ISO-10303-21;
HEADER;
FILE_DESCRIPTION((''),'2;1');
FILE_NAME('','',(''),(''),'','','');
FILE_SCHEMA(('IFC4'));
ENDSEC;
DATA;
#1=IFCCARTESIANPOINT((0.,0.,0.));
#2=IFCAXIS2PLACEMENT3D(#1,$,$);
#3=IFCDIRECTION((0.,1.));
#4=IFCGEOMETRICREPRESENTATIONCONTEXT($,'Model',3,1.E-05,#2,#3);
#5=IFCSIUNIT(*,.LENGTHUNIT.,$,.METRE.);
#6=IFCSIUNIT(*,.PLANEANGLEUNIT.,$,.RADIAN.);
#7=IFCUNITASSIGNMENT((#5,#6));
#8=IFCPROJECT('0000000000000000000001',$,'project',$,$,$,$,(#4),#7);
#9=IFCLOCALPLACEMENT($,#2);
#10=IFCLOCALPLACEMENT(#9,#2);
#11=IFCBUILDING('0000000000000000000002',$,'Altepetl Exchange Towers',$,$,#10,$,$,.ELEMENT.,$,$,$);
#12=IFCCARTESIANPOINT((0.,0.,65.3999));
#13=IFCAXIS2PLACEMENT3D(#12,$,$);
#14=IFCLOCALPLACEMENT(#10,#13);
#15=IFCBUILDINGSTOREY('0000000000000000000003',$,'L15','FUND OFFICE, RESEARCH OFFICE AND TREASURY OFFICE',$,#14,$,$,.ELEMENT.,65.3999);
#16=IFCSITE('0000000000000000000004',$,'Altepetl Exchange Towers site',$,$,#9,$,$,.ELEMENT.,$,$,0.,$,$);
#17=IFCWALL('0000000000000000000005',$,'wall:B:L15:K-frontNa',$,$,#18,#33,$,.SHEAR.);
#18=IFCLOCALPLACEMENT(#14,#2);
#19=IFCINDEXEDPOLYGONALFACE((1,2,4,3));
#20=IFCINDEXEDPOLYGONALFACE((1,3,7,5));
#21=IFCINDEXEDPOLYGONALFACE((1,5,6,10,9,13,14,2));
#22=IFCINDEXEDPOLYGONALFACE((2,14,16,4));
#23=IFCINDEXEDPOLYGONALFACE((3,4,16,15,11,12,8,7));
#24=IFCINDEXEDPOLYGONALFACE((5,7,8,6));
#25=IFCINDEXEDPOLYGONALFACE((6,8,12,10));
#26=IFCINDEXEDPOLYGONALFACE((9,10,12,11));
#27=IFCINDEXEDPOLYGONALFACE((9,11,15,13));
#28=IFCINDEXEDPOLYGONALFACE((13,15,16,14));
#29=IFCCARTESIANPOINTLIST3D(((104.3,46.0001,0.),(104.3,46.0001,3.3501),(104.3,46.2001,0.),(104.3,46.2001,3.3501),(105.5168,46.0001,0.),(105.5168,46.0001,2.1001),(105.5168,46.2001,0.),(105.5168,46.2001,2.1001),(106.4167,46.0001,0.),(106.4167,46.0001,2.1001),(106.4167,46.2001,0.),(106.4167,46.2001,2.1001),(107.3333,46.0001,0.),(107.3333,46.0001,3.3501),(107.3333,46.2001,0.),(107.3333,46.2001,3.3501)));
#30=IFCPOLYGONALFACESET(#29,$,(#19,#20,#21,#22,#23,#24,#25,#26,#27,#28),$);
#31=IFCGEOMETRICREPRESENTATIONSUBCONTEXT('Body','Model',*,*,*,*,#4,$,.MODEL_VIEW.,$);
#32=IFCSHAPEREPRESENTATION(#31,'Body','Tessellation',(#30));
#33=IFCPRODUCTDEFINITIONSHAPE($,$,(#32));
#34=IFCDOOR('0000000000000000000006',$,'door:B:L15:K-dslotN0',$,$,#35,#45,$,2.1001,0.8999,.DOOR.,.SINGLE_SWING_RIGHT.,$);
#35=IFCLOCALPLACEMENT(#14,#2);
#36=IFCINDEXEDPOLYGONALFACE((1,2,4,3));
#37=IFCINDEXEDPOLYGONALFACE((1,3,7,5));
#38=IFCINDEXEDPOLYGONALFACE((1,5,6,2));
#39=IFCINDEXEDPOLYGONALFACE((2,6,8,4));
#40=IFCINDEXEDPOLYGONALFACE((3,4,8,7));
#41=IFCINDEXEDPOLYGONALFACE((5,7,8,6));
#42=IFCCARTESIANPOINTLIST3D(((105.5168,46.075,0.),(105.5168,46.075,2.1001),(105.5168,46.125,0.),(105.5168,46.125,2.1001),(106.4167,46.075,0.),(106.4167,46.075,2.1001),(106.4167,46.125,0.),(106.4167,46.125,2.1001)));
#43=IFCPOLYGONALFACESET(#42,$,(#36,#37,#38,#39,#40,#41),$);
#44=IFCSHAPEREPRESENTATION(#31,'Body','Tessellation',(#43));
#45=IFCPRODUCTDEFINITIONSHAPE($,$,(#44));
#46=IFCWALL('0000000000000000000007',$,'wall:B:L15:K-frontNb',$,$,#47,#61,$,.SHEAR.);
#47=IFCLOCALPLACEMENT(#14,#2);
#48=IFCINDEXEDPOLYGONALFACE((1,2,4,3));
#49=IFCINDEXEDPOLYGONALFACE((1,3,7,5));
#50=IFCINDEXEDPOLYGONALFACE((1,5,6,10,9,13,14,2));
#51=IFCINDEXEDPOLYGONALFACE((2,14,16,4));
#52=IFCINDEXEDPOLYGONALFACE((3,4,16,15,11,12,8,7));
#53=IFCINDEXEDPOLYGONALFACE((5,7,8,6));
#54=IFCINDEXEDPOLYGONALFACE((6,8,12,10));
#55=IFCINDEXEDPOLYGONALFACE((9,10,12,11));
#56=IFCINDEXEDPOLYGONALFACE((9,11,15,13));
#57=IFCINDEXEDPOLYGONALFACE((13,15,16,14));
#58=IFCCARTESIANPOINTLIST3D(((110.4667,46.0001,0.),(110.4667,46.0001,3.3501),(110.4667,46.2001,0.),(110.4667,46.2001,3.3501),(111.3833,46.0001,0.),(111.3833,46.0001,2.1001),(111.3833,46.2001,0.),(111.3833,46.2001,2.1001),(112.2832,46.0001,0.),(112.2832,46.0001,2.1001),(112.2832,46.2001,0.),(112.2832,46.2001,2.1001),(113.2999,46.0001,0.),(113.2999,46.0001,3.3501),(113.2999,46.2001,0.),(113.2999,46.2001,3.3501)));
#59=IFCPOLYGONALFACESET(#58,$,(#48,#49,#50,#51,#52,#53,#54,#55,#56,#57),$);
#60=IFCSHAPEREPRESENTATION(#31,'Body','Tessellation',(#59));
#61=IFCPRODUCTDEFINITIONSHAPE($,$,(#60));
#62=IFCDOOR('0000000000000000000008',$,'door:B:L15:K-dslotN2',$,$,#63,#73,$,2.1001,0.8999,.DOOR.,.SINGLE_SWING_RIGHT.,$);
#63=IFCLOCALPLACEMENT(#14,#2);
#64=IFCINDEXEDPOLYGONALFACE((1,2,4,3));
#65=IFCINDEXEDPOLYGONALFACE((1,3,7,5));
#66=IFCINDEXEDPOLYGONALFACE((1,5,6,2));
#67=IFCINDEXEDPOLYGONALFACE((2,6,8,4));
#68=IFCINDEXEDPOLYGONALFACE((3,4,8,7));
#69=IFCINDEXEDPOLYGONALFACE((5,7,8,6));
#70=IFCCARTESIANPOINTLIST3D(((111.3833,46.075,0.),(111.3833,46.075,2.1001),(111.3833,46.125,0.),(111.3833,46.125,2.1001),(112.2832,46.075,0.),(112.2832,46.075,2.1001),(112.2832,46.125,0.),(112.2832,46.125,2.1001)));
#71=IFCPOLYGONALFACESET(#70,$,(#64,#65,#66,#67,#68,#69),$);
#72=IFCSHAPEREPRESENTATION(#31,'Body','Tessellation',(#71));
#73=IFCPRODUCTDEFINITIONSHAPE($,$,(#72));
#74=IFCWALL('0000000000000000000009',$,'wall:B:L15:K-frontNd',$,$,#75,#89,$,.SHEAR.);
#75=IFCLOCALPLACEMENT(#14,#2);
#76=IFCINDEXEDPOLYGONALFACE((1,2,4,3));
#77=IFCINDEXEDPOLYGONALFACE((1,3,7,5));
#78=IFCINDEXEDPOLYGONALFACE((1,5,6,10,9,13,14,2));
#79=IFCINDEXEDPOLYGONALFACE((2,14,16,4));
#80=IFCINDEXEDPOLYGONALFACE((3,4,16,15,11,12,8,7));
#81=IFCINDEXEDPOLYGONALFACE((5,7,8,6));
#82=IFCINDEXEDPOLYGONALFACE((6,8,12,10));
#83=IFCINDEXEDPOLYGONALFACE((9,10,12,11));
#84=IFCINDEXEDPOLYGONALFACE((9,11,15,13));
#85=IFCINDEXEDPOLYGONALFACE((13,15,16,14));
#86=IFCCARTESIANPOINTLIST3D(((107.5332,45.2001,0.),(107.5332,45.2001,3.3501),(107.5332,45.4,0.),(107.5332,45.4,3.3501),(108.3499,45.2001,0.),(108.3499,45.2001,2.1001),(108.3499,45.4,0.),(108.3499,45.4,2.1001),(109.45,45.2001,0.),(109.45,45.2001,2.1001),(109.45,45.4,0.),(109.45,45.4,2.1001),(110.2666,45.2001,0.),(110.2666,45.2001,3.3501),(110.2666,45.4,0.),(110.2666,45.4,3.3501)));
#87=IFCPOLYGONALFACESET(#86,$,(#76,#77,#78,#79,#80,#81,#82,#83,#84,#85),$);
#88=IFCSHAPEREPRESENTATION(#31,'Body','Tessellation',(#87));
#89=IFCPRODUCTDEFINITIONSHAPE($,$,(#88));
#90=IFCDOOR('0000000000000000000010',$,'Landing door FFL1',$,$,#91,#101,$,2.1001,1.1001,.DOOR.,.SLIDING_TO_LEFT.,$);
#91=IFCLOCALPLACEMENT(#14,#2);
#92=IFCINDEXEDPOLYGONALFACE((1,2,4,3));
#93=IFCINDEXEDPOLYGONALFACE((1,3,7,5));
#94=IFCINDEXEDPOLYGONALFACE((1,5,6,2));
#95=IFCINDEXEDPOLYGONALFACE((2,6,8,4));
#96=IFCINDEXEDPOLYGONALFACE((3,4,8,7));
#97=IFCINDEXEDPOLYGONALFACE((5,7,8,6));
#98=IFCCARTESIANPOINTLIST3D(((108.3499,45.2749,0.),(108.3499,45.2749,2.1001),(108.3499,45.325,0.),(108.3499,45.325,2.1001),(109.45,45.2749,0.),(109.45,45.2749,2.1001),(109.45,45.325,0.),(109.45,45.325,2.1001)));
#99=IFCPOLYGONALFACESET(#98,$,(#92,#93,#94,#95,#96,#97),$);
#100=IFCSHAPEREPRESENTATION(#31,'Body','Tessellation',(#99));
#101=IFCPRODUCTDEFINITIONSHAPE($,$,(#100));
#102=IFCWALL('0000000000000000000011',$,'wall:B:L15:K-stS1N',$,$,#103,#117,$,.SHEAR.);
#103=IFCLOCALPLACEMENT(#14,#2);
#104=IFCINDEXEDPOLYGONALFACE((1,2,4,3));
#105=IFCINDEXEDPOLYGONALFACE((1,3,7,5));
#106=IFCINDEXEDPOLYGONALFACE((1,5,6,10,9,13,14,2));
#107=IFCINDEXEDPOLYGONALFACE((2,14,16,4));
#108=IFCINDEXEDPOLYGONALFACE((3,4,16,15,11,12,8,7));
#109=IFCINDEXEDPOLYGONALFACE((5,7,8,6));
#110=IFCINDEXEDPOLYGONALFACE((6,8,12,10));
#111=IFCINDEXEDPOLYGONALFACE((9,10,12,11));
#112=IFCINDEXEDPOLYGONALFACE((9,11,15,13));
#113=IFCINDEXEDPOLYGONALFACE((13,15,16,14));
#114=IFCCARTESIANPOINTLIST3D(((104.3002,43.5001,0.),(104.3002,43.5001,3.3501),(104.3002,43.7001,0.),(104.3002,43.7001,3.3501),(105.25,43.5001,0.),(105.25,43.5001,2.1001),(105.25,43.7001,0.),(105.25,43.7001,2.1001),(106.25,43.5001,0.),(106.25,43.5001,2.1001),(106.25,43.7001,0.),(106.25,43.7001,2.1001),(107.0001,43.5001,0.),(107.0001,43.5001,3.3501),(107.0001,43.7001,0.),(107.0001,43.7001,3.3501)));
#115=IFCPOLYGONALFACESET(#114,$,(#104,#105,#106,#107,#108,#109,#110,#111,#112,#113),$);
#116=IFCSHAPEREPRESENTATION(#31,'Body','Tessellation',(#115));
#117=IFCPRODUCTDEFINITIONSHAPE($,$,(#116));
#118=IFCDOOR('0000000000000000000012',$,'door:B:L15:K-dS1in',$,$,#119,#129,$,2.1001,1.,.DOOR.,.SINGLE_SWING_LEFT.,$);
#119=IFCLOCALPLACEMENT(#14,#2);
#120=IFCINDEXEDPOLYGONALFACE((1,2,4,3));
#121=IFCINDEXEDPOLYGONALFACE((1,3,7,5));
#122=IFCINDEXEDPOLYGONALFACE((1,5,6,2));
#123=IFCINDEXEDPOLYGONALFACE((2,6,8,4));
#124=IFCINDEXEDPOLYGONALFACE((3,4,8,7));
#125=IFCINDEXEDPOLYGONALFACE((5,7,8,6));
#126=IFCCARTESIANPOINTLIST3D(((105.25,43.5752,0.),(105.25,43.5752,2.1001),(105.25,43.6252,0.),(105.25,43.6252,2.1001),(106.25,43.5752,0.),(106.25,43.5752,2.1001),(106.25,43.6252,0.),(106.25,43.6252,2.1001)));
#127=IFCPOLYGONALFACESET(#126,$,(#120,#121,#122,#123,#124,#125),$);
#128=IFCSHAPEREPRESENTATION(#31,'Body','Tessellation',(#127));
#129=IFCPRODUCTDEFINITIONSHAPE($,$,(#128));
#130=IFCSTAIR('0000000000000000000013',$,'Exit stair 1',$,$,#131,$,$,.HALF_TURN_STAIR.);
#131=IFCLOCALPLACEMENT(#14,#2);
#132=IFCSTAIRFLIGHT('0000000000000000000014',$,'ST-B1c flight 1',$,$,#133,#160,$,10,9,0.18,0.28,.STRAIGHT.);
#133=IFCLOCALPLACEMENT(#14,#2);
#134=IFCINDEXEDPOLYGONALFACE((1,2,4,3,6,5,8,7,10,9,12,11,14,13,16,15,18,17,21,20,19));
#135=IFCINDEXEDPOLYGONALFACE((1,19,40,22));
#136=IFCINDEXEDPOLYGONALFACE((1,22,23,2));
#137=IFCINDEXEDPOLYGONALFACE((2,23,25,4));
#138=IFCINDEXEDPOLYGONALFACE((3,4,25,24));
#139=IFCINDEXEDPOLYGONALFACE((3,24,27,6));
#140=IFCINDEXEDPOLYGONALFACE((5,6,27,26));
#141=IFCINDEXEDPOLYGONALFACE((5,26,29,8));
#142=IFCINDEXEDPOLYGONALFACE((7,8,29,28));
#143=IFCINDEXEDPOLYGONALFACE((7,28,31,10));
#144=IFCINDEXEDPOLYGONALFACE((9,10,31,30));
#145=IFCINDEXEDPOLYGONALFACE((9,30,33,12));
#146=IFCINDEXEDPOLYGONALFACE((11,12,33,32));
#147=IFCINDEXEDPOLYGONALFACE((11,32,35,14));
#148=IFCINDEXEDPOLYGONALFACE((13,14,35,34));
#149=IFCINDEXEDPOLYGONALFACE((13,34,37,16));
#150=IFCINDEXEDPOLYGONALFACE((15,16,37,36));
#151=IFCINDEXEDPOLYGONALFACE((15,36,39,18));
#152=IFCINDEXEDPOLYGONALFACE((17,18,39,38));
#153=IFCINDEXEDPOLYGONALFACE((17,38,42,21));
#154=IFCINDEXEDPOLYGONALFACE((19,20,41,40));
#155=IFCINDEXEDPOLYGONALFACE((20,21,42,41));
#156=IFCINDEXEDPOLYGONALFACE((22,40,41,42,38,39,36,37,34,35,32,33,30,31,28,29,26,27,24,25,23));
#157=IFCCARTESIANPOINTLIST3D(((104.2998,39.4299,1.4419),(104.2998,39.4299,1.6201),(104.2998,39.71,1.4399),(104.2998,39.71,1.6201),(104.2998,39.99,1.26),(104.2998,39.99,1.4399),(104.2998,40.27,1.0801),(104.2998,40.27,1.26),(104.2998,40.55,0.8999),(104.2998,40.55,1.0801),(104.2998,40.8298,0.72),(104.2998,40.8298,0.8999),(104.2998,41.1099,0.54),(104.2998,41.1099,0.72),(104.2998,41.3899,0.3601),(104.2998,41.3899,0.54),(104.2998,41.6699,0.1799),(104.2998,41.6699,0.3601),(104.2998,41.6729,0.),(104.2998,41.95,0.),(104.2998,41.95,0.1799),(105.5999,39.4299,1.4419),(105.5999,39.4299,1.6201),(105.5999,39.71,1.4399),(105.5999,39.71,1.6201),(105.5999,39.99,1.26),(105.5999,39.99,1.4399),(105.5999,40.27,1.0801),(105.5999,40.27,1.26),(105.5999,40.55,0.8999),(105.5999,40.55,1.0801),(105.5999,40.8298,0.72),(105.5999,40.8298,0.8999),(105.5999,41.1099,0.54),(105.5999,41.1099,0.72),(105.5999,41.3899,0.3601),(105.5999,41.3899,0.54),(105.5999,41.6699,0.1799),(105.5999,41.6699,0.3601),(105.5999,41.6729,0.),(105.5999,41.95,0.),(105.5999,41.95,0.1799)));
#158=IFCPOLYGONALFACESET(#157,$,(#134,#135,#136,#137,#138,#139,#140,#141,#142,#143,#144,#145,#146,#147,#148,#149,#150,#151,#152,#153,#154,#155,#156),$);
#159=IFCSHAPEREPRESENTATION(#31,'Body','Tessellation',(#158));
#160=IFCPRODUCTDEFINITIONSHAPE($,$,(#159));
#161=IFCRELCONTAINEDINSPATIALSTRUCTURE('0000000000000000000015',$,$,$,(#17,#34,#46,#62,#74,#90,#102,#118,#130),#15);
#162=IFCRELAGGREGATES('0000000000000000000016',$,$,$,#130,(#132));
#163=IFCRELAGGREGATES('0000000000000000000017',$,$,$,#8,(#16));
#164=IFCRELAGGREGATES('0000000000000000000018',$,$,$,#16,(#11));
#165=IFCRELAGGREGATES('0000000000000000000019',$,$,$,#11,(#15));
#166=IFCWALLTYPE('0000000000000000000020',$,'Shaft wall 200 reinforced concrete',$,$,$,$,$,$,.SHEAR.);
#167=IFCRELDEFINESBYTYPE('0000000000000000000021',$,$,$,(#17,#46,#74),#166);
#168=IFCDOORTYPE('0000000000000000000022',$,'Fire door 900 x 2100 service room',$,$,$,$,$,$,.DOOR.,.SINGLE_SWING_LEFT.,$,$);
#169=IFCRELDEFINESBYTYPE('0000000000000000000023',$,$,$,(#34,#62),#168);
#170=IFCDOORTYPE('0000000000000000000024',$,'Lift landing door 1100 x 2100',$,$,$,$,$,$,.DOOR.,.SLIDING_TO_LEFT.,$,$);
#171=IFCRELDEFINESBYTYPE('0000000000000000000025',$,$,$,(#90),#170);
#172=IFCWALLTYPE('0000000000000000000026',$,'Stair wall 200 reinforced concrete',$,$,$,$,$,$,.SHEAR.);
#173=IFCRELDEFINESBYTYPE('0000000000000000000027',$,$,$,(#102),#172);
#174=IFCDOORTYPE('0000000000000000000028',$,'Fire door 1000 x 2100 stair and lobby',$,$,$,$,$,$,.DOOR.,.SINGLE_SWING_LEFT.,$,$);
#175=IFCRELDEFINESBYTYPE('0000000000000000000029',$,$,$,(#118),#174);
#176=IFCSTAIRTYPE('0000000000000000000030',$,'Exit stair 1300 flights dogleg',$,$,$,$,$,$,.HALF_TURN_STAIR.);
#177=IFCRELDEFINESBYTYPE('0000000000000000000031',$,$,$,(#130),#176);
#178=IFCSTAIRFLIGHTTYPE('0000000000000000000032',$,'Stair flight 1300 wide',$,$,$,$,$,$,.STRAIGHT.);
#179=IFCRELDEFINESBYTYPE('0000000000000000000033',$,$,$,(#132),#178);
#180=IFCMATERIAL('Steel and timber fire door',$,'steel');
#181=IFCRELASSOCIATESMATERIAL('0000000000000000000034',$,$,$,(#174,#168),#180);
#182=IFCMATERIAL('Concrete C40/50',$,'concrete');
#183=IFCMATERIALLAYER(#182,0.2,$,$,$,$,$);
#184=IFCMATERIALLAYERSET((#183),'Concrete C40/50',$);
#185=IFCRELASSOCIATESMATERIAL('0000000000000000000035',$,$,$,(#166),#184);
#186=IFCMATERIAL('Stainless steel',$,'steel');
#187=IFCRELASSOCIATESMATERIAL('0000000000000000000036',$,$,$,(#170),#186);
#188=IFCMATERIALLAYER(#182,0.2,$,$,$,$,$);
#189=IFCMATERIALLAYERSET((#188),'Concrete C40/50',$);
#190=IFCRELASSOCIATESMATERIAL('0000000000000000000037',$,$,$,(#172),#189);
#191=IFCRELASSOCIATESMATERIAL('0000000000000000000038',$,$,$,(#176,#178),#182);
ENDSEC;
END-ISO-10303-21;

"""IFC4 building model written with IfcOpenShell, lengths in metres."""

from ifc_helpers import new_model, si_unit, direction, frame, frame_2d, origin, place, context, subcontext, project, spatial, polyline, rectangle, outline, extrude, material, layer, layer_set, type_object, element, fill, aggregate, save


model = new_model("IFC4")

# Units and contexts
model_context = context("Model", 3, precision=1e-05, world=origin(), true_north=direction((0.0, 1.0)))
body_context = subcontext(model_context, "Body", "Model", "MODEL_VIEW")
ifc_project = project(units=[si_unit("LENGTHUNIT", "METRE"), si_unit("PLANEANGLEUNIT", "RADIAN")], contexts=[model_context])

# Site, building, storey
site_placement = place(None, origin())
site = spatial("IfcSite", under=ifc_project, at=site_placement, Name="Altepetl Exchange Towers site", CompositionType="ELEMENT", RefElevation=0.0)
building_placement = place(site_placement, origin())
building = spatial("IfcBuilding", under=site, at=building_placement, Name="Altepetl Exchange Towers", CompositionType="ELEMENT")
storey_placement = place(building_placement, frame((0.0, 0.0, 65.3999)))
storey = spatial("IfcBuildingStorey", under=building, at=storey_placement, Name="L15", Description="FUND OFFICE, RESEARCH OFFICE AND TREASURY OFFICE", CompositionType="ELEMENT", Elevation=65.3999)

# Shared definitions
ifc_material_1 = material(Name="Steel and timber fire door", Category="steel")
door_type_1 = type_object("IfcDoorType", Name="Fire door 1000 x 2100 stair and lobby", OperationType="SINGLE_SWING_LEFT", PredefinedType="DOOR", material=ifc_material_1)
door_type_2 = type_object("IfcDoorType", Name="Fire door 900 x 2100 service room", OperationType="SINGLE_SWING_LEFT", PredefinedType="DOOR", material=ifc_material_1)

# Shared definitions
ifc_material_2 = material(Name="Concrete C40/50", Category="concrete")
ifc_layer_1 = layer(ifc_material_2, 0.2)
ifc_layer_set_1 = layer_set([ifc_layer_1], Name="Concrete C40/50")
wall_type_1 = type_object("IfcWallType", Name="Shaft wall 200 reinforced concrete", PredefinedType="SHEAR", material=ifc_layer_set_1)

# Walls, openings, doors
wall_1_placement = place(storey_placement, frame((104.3, 46.1001, 0.0)))
wall_1 = element("IfcWall", 1, at=wall_1_placement, inside=storey, type_object=wall_type_1, Name="wall:B:L15:K-frontNa", PredefinedType="SHEAR", context=body_context, shape_type="SweptSolid", body=[
    extrude(rectangle(XDim=3.0332, YDim=0.2, at=frame_2d((1.5166, 0.0))), origin(), (0.0, 0.0, 1.0), 3.3501),
])
opening_1_placement = place(wall_1_placement, frame((1.2168, 0.0, 0.0)))
opening_1 = element("IfcOpeningElement", 2, at=opening_1_placement, cuts=wall_1, PredefinedType="OPENING", context=body_context, shape_type="SweptSolid", body=[
    extrude(rectangle(XDim=0.8999, YDim=2.1001, at=frame_2d((0.45, 1.05))), frame((0.0, 0.1099, 0.0), z_axis=(0.0, -1.0, 0.0), x_axis=(1.0, 0.0, 0.0)), (0.0, 0.0, 1.0), 0.22),
])
door_1_placement = place(opening_1_placement, origin())
door_1 = element("IfcDoor", 3, at=door_1_placement, inside=storey, type_object=door_type_2, Name="door:B:L15:K-dslotN0", OperationType="SINGLE_SWING_RIGHT", OverallHeight=2.1001, OverallWidth=0.8999, PredefinedType="DOOR", context=body_context, shape_type="SweptSolid", body=[
    extrude(rectangle(XDim=0.8999, YDim=2.1001, at=frame_2d((0.45, 1.05))), frame((0.0, 0.0249, 0.0), z_axis=(0.0, -1.0, 0.0), x_axis=(1.0, 0.0, 0.0)), (0.0, 0.0, 1.0), 0.05),
])
fill(opening_1, door_1)
wall_2_placement = place(storey_placement, frame((110.4668, 46.1001, 0.0)))
wall_2 = element("IfcWall", 4, at=wall_2_placement, inside=storey, type_object=wall_type_1, Name="wall:B:L15:K-frontNb", PredefinedType="SHEAR", context=body_context, shape_type="SweptSolid", body=[
    extrude(rectangle(XDim=2.8333, YDim=0.2, at=frame_2d((1.4165, 0.0))), origin(), (0.0, 0.0, 1.0), 3.3501),
])
opening_2_placement = place(wall_2_placement, frame((0.9165, 0.0, 0.0)))
opening_2 = element("IfcOpeningElement", 5, at=opening_2_placement, cuts=wall_2, PredefinedType="OPENING", context=body_context, shape_type="SweptSolid", body=[
    extrude(rectangle(XDim=0.8999, YDim=2.1001, at=frame_2d((0.45, 1.05))), frame((0.0, 0.1099, 0.0), z_axis=(0.0, -1.0, 0.0), x_axis=(1.0, 0.0, 0.0)), (0.0, 0.0, 1.0), 0.22),
])
door_2_placement = place(opening_2_placement, origin())
door_2 = element("IfcDoor", 6, at=door_2_placement, inside=storey, type_object=door_type_2, Name="door:B:L15:K-dslotN2", OperationType="SINGLE_SWING_RIGHT", OverallHeight=2.1001, OverallWidth=0.8999, PredefinedType="DOOR", context=body_context, shape_type="SweptSolid", body=[
    extrude(rectangle(XDim=0.8999, YDim=2.1001, at=frame_2d((0.45, 1.05))), frame((0.0, 0.0249, 0.0), z_axis=(0.0, -1.0, 0.0), x_axis=(1.0, 0.0, 0.0)), (0.0, 0.0, 1.0), 0.05),
])
fill(opening_2, door_2)
wall_3_placement = place(storey_placement, frame((107.5332, 45.3, 0.0)))
wall_3 = element("IfcWall", 7, at=wall_3_placement, inside=storey, type_object=wall_type_1, Name="wall:B:L15:K-frontNd", PredefinedType="SHEAR", context=body_context, shape_type="SweptSolid", body=[
    extrude(rectangle(XDim=2.7334, YDim=0.2, at=frame_2d((1.3667, 0.0))), origin(), (0.0, 0.0, 1.0), 3.3501),
])
opening_3_placement = place(wall_3_placement, frame((0.8167, 0.0, 0.0)))
opening_3 = element("IfcOpeningElement", 8, at=opening_3_placement, cuts=wall_3, PredefinedType="OPENING", context=body_context, shape_type="SweptSolid", body=[
    extrude(rectangle(XDim=1.1001, YDim=2.1001, at=frame_2d((0.55, 1.05))), frame((0.0, 0.1099, 0.0), z_axis=(0.0, -1.0, 0.0), x_axis=(1.0, 0.0, 0.0)), (0.0, 0.0, 1.0), 0.22),
])
ifc_material_3 = material(Name="Stainless steel", Category="steel")
door_type_3 = type_object("IfcDoorType", Name="Lift landing door 1100 x 2100", OperationType="SLIDING_TO_LEFT", PredefinedType="DOOR", material=ifc_material_3)
door_3_placement = place(opening_3_placement, origin())
door_3 = element("IfcDoor", 9, at=door_3_placement, inside=storey, type_object=door_type_3, Name="Landing door FFL1", OperationType="SLIDING_TO_LEFT", OverallHeight=2.1001, OverallWidth=1.1001, PredefinedType="DOOR", context=body_context, shape_type="SweptSolid", body=[
    extrude(rectangle(XDim=1.1001, YDim=2.1001, at=frame_2d((0.55, 1.05))), frame((0.0, 0.0249, 0.0), z_axis=(0.0, -1.0, 0.0), x_axis=(1.0, 0.0, 0.0)), (0.0, 0.0, 1.0), 0.05),
])
fill(opening_3, door_3)
ifc_layer_2 = layer(ifc_material_2, 0.2)
ifc_layer_set_2 = layer_set([ifc_layer_2], Name="Concrete C40/50")
wall_type_2 = type_object("IfcWallType", Name="Stair wall 200 reinforced concrete", PredefinedType="SHEAR", material=ifc_layer_set_2)
wall_4_placement = place(storey_placement, frame((104.3, 43.6001, 0.0)))
wall_4 = element("IfcWall", 10, at=wall_4_placement, inside=storey, type_object=wall_type_2, Name="wall:B:L15:K-stS1N", PredefinedType="SHEAR", context=body_context, shape_type="SweptSolid", body=[
    extrude(rectangle(XDim=2.7, YDim=0.2, at=frame_2d((1.3501, 0.0))), origin(), (0.0, 0.0, 1.0), 3.3501),
])
opening_4_placement = place(wall_4_placement, frame((0.95, 0.0, 0.0)))
opening_4 = element("IfcOpeningElement", 11, at=opening_4_placement, cuts=wall_4, PredefinedType="OPENING", context=body_context, shape_type="SweptSolid", body=[
    extrude(rectangle(XDim=1.0, YDim=2.1001, at=frame_2d((0.5, 1.05))), frame((0.0, 0.1099, 0.0), z_axis=(0.0, -1.0, 0.0), x_axis=(1.0, 0.0, 0.0)), (0.0, 0.0, 1.0), 0.22),
])
door_4_placement = place(opening_4_placement, frame((1.0, 0.0, 0.0), x_axis=(-1.0, 0.0, 0.0)))
door_4 = element("IfcDoor", 12, at=door_4_placement, inside=storey, type_object=door_type_1, Name="door:B:L15:K-dS1in", OperationType="SINGLE_SWING_LEFT", OverallHeight=2.1001, OverallWidth=1.0, PredefinedType="DOOR", context=body_context, shape_type="SweptSolid", body=[
    extrude(rectangle(XDim=1.0, YDim=2.1001, at=frame_2d((0.5, 1.05))), frame((0.0, 0.0249, 0.0), z_axis=(0.0, -1.0, 0.0), x_axis=(1.0, 0.0, 0.0)), (0.0, 0.0, 1.0), 0.05),
])
fill(opening_4, door_4)

# Stair, stair flight
stair_type = type_object("IfcStairType", Name="Exit stair 1300 flights dogleg", PredefinedType="HALF_TURN_STAIR", material=ifc_material_2)
stair_1_placement = place(storey_placement, origin())
stair_1 = element("IfcStair", 13, at=stair_1_placement, inside=storey, type_object=stair_type, Name="Exit stair 1", PredefinedType="HALF_TURN_STAIR")
stair_flight_type = type_object("IfcStairFlightType", Name="Stair flight 1300 wide", PredefinedType="STRAIGHT", material=ifc_material_2)
stair_flight_1_placement = place(storey_placement, frame((104.95, 41.95, 0.0), z_axis=(0.0, 0.0, 1.0), x_axis=(0.0, -1.0, 0.0)))
stair_flight_1 = element("IfcStairFlight", 14, at=stair_flight_1_placement, type_object=stair_flight_type, Name="ST-B1c flight 1", NumberOfRisers=10, NumberOfTreads=9, PredefinedType="STRAIGHT", RiserHeight=0.18, TreadLength=0.28, context=body_context, shape_type="SweptSolid", body=[
    extrude(outline(polyline([(0.0, 0.0), (0.0, 0.1799), (0.28, 0.1799), (0.28, 0.3601), (0.5601, 0.3601), (0.5601, 0.54), (0.8401, 0.54), (0.8401, 0.72), (1.1201, 0.72), (1.1201, 0.8999), (1.3999, 0.8999), (1.3999, 1.0801), (1.6799, 1.0801), (1.6799, 1.26), (1.96, 1.26), (1.96, 1.4399), (2.24, 1.4399), (2.24, 1.6201), (2.52, 1.6201), (2.52, 1.8), (2.52, 1.4419), (0.2771, 0.0), (0.0, 0.0)])), frame((0.0, 0.6499, 0.0), z_axis=(0.0, -1.0, 0.0), x_axis=(1.0, 0.0, 0.0)), (0.0, 0.0, 1.0), 1.3),
])
aggregate(stair_1, [stair_flight_1])

save(model, "model.ifc")
